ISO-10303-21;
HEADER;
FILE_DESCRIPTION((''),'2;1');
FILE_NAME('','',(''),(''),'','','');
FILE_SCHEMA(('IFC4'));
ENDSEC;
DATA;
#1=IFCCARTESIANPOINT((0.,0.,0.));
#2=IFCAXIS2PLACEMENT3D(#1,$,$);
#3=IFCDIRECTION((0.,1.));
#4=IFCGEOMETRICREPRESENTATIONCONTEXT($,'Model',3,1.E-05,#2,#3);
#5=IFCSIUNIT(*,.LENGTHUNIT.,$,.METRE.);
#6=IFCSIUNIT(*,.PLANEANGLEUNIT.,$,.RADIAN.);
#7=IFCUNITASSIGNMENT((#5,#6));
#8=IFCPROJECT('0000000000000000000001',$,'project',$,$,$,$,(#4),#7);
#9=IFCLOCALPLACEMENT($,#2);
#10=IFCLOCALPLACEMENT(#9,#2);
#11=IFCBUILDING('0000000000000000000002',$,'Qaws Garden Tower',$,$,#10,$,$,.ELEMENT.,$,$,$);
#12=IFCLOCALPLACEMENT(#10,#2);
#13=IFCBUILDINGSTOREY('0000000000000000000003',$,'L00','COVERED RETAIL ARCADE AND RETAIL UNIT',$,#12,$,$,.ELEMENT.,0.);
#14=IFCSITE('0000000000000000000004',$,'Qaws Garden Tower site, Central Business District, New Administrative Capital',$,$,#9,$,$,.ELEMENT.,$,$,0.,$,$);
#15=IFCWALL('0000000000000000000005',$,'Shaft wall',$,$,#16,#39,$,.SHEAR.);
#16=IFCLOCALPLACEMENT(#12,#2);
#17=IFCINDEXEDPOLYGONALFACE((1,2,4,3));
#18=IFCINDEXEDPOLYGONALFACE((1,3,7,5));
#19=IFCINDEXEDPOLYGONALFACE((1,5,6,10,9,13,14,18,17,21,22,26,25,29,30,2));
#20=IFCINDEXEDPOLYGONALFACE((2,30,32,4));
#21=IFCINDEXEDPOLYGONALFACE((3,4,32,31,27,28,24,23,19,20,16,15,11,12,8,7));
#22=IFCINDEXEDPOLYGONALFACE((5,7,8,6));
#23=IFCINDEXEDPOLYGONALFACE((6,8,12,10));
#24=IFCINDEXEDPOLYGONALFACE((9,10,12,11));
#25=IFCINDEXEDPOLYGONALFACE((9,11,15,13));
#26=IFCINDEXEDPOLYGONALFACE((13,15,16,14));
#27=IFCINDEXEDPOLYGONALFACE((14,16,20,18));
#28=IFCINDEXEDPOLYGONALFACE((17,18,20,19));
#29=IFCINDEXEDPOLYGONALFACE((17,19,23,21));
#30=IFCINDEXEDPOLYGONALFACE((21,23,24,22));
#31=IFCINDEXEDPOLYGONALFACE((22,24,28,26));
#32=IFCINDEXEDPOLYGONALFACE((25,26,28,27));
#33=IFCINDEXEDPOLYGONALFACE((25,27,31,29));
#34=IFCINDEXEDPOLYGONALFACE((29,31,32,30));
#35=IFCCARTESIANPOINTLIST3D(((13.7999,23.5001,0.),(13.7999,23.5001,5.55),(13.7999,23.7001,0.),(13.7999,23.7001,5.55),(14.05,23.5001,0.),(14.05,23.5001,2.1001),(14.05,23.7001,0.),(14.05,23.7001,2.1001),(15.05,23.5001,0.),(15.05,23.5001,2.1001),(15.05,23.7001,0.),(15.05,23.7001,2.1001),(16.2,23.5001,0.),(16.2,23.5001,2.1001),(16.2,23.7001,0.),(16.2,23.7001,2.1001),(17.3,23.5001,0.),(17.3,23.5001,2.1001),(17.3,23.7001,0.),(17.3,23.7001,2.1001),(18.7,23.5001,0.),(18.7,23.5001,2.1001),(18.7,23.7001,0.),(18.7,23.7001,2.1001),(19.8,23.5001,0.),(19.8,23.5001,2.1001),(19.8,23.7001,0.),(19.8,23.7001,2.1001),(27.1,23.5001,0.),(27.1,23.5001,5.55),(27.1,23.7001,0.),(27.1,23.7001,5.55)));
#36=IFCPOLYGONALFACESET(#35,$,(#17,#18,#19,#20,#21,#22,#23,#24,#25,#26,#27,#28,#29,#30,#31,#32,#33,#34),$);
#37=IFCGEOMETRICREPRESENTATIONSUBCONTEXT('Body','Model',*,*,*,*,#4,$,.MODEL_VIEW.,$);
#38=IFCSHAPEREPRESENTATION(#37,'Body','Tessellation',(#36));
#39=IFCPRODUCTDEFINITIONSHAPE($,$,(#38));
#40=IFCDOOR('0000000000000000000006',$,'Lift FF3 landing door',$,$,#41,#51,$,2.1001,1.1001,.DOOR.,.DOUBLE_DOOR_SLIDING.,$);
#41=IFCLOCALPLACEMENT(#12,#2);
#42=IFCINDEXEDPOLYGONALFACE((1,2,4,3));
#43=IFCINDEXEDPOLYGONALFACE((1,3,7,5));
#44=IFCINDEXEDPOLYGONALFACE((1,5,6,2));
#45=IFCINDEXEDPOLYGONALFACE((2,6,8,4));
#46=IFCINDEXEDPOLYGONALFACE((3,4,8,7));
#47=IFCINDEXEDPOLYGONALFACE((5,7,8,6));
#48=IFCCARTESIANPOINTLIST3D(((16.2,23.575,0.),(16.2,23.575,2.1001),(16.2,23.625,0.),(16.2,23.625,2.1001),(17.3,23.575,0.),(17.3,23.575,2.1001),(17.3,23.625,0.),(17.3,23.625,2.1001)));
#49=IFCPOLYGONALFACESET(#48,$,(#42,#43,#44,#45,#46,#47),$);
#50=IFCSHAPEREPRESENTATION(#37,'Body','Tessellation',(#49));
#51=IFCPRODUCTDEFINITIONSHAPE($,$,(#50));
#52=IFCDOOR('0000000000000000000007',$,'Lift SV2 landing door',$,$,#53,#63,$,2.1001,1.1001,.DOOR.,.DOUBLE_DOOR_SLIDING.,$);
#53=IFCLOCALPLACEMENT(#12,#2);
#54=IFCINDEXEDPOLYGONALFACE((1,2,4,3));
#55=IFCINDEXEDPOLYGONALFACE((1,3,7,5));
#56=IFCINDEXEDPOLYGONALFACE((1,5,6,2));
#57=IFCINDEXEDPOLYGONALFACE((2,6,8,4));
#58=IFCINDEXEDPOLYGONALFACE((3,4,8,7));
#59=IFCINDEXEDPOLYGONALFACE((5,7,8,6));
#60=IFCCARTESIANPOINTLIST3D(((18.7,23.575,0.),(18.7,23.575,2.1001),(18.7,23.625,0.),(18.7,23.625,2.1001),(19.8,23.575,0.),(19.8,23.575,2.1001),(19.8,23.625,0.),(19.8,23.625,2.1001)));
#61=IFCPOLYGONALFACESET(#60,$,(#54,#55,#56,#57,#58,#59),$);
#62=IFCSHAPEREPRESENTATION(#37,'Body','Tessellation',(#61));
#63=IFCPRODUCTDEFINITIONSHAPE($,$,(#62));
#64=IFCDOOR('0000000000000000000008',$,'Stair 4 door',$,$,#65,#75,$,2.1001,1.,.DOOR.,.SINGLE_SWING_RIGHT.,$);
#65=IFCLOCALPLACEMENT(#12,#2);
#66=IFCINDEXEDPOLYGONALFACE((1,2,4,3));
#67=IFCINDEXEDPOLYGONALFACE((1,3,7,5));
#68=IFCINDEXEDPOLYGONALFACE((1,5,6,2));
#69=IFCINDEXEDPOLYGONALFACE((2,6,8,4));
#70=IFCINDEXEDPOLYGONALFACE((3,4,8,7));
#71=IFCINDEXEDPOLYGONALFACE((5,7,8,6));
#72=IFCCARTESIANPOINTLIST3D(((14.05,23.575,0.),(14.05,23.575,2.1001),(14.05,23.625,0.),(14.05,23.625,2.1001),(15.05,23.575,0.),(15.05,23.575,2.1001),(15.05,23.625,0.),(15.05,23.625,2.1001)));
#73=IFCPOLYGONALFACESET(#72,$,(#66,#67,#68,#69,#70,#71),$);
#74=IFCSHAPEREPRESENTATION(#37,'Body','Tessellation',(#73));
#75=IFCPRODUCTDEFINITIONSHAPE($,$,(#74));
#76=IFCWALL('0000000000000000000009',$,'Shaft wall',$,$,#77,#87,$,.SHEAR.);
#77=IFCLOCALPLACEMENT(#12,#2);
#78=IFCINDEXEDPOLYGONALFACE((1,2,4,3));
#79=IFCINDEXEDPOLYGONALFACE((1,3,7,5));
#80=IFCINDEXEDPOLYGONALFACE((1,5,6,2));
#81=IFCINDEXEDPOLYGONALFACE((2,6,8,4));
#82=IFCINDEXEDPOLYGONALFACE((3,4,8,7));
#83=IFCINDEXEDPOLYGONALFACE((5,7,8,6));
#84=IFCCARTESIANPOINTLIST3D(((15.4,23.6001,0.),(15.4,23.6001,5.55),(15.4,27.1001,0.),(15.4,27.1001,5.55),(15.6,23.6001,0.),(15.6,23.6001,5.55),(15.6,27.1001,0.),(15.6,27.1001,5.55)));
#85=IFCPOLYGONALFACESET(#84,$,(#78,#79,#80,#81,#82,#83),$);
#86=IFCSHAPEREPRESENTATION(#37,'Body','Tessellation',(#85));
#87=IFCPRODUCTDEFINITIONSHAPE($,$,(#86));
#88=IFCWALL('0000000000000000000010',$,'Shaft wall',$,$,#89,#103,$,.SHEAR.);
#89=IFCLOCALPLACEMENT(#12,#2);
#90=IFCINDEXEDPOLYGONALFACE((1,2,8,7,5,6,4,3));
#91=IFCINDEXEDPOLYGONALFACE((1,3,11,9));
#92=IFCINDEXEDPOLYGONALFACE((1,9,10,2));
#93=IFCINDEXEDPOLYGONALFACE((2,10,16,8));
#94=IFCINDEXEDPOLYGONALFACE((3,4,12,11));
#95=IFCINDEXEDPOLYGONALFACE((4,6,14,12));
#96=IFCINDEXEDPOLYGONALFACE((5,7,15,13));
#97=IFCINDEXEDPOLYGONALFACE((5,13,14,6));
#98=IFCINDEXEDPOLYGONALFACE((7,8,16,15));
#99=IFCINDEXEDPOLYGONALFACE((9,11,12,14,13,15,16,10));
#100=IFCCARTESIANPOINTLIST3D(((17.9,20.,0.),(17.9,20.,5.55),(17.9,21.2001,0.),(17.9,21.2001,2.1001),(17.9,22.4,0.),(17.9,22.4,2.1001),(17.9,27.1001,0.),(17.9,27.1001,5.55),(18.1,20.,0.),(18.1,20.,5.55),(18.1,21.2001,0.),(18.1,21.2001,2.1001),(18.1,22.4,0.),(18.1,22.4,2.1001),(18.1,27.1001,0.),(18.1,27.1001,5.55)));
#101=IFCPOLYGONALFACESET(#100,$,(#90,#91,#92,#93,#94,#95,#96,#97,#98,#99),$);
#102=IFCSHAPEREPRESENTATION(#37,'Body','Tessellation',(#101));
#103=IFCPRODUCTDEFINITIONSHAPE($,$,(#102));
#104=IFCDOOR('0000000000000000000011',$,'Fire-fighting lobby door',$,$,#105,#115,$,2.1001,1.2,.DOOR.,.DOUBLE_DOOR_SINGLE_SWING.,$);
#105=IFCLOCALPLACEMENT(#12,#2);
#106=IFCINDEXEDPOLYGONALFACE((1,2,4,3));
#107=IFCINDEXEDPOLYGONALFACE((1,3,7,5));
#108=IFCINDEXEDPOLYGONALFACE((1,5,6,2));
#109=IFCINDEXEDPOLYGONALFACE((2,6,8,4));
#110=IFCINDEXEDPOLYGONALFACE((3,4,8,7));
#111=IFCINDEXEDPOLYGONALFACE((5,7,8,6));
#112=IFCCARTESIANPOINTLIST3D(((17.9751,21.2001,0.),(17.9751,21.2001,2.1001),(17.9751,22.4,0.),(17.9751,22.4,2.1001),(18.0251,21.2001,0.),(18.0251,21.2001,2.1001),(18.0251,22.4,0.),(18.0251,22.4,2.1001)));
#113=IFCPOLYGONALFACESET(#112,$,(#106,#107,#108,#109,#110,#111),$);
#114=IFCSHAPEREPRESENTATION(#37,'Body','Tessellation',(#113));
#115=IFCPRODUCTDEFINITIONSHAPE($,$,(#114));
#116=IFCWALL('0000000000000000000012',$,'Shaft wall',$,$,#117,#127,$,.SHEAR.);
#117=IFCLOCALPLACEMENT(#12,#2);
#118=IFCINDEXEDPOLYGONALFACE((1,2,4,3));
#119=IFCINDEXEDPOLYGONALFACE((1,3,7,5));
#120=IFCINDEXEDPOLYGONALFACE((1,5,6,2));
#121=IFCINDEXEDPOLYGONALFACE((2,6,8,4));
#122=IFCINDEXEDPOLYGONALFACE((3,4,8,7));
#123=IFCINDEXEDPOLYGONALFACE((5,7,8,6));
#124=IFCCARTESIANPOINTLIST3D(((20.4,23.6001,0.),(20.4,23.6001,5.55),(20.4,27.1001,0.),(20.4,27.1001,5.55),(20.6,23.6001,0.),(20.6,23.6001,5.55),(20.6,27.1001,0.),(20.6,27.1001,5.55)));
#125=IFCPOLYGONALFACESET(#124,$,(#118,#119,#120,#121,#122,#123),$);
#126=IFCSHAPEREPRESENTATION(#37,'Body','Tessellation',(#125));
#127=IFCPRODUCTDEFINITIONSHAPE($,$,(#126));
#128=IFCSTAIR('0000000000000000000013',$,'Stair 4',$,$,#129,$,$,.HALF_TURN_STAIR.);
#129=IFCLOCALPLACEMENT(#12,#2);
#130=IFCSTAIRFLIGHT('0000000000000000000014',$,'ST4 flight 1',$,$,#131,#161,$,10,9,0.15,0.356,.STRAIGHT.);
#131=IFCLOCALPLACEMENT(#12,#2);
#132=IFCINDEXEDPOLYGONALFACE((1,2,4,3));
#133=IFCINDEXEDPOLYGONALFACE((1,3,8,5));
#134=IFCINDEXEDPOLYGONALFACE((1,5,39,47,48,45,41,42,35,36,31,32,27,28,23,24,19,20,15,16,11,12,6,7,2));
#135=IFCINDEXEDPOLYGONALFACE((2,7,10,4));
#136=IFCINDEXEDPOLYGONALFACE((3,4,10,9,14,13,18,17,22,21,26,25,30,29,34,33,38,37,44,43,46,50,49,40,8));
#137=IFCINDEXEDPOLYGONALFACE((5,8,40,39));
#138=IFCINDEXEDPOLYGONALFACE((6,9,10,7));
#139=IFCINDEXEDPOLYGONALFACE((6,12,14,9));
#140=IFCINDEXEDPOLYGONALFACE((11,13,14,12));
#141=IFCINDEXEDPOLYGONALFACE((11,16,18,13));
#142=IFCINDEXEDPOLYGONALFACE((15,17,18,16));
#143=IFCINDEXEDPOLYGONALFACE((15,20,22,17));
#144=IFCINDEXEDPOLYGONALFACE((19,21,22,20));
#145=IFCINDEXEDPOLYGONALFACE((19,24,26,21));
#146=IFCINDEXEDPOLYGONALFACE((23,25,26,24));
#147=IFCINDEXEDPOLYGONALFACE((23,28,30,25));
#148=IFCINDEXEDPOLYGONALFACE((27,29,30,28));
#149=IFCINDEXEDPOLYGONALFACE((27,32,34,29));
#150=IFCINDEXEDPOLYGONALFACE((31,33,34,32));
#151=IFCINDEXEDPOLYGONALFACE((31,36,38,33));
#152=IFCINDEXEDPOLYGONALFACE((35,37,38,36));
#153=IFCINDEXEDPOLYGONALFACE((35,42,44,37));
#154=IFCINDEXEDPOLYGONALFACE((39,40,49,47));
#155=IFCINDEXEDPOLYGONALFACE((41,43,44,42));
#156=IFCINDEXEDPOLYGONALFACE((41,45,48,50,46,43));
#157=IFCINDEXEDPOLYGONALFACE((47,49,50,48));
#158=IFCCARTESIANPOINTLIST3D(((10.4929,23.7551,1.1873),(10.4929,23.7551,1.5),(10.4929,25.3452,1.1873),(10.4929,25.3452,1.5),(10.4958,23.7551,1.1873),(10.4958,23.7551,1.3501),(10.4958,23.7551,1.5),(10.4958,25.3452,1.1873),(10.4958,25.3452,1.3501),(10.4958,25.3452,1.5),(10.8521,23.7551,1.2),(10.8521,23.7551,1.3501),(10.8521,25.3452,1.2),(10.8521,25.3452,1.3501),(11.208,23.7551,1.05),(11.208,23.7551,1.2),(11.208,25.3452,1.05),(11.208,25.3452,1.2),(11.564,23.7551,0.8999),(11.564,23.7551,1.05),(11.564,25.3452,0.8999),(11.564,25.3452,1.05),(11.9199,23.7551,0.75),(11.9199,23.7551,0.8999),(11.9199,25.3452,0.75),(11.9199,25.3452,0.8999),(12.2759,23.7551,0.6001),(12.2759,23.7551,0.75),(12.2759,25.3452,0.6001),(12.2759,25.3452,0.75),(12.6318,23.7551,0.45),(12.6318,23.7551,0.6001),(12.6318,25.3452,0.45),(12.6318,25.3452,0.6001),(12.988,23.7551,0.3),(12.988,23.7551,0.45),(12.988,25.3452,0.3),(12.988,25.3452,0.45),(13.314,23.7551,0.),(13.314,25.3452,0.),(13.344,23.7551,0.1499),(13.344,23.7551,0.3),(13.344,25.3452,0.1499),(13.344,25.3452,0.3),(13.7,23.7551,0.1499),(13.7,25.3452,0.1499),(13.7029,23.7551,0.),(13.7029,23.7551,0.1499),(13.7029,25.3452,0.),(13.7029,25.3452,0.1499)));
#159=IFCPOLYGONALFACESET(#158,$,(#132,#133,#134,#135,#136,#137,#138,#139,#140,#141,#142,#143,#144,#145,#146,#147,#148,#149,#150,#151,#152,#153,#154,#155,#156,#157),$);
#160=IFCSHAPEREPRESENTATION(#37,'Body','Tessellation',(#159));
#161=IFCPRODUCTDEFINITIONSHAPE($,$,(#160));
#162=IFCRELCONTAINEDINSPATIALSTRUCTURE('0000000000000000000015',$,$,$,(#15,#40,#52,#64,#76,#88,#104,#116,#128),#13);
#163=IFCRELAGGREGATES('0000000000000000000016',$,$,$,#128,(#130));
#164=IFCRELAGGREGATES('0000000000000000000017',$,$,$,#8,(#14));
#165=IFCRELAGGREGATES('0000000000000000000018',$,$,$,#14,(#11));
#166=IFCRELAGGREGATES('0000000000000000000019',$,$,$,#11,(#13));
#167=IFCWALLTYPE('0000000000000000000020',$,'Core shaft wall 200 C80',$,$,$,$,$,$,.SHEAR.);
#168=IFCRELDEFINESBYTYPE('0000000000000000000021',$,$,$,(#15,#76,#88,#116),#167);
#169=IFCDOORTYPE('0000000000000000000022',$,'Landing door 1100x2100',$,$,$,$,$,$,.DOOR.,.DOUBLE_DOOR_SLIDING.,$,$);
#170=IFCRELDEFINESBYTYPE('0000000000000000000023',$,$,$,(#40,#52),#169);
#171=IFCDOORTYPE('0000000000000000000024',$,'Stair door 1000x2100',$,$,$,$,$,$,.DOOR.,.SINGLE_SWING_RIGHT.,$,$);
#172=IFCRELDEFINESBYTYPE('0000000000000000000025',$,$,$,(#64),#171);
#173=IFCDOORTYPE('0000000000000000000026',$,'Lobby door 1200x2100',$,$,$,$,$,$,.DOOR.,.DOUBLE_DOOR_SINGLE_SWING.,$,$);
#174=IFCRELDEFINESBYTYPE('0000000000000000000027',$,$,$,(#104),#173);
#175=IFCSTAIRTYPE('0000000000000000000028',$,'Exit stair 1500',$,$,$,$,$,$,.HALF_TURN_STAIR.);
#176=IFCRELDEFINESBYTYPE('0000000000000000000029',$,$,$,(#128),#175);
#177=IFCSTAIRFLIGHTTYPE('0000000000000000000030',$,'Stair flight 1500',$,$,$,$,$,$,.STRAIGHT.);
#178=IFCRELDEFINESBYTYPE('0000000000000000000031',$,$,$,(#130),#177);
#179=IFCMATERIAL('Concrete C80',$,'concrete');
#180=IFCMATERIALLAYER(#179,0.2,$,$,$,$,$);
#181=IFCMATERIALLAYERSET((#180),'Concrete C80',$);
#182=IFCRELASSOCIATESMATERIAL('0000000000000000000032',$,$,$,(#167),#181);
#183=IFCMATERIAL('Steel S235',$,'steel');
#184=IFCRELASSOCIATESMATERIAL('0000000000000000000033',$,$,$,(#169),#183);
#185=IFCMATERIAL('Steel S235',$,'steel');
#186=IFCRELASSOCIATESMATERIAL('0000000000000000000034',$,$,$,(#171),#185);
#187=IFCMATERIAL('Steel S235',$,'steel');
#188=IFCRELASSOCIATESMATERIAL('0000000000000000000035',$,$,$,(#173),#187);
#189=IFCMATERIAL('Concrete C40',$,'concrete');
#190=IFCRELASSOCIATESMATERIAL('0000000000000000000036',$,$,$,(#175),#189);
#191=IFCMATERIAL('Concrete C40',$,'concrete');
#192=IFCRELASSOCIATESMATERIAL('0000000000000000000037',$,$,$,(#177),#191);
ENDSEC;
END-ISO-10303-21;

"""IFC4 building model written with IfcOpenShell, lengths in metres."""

from ifc_helpers import new_model, si_unit, direction, frame, frame_2d, origin, place, context, subcontext, project, spatial, polyline, rectangle, outline, extrude, material, layer, layer_set, type_object, element, fill, aggregate, save


model = new_model("IFC4")

# Units and contexts
model_context = context("Model", 3, precision=1e-05, world=origin(), true_north=direction((0.0, 1.0)))
body_context = subcontext(model_context, "Body", "Model", "MODEL_VIEW")
ifc_project = project(units=[si_unit("LENGTHUNIT", "METRE"), si_unit("PLANEANGLEUNIT", "RADIAN")], contexts=[model_context])

# Site, building, storey
site_placement = place(None, origin())
site = spatial("IfcSite", under=ifc_project, at=site_placement, Name="Qaws Garden Tower site, Central Business District, New Administrative Capital", CompositionType="ELEMENT", RefElevation=0.0)
building_placement = place(site_placement, origin())
building = spatial("IfcBuilding", under=site, at=building_placement, Name="Qaws Garden Tower", CompositionType="ELEMENT")
storey_placement = place(building_placement, origin())
storey = spatial("IfcBuildingStorey", under=building, at=storey_placement, Name="L00", Description="COVERED RETAIL ARCADE AND RETAIL UNIT", CompositionType="ELEMENT", Elevation=0.0)

# Wall, openings, doors
ifc_material_1 = material(Name="Concrete C80", Category="concrete")
ifc_layer_1 = layer(ifc_material_1, 0.2)
ifc_layer_set_1 = layer_set([ifc_layer_1], Name="Concrete C80")
wall_type_1 = type_object("IfcWallType", Name="Core shaft wall 200 C80", PredefinedType="SHEAR", material=ifc_layer_set_1)
wall_1_placement = place(storey_placement, frame((13.8, 23.6001, 0.0), z_axis=(0.0, 0.0, 1.0), x_axis=(1.0, 0.0, 0.0)))
wall_1 = element("IfcWall", 1, at=wall_1_placement, inside=storey, type_object=wall_type_1, Name="Shaft wall", PredefinedType="SHEAR", context=body_context, shape_type="SweptSolid", body=[
    extrude(rectangle(XDim=13.3, YDim=0.2, at=frame_2d((6.6499, 0.0))), origin(), (0.0, 0.0, 1.0), 5.55),
])
opening_1_placement = place(wall_1_placement, frame((2.3999, 0.0, 0.0)))
opening_1 = element("IfcOpeningElement", 2, at=opening_1_placement, cuts=wall_1, PredefinedType="OPENING", context=body_context, shape_type="SweptSolid", body=[
    extrude(rectangle(XDim=1.1001, YDim=2.1001, at=frame_2d((0.55, 1.05))), frame((0.0, 0.1099, 0.0), z_axis=(0.0, -1.0, 0.0), x_axis=(1.0, 0.0, 0.0)), (0.0, 0.0, 1.0), 0.22),
])
opening_2_placement = place(wall_1_placement, frame((4.8999, 0.0, 0.0)))
opening_2 = element("IfcOpeningElement", 3, at=opening_2_placement, cuts=wall_1, PredefinedType="OPENING", context=body_context, shape_type="SweptSolid", body=[
    extrude(rectangle(XDim=1.1001, YDim=2.1001, at=frame_2d((0.55, 1.05))), frame((0.0, 0.1099, 0.0), z_axis=(0.0, -1.0, 0.0), x_axis=(1.0, 0.0, 0.0)), (0.0, 0.0, 1.0), 0.22),
])
opening_3_placement = place(wall_1_placement, frame((0.25, 0.0, 0.0)))
opening_3 = element("IfcOpeningElement", 4, at=opening_3_placement, cuts=wall_1, PredefinedType="OPENING", context=body_context, shape_type="SweptSolid", body=[
    extrude(rectangle(XDim=1.0, YDim=2.1001, at=frame_2d((0.5, 1.05))), frame((0.0, 0.1099, 0.0), z_axis=(0.0, -1.0, 0.0), x_axis=(1.0, 0.0, 0.0)), (0.0, 0.0, 1.0), 0.22),
])
ifc_material_2 = material(Name="Steel S235", Category="steel")
door_type_1 = type_object("IfcDoorType", Name="Landing door 1100x2100", OperationType="DOUBLE_DOOR_SLIDING", PredefinedType="DOOR", material=ifc_material_2)
door_1_placement = place(opening_1_placement, origin())
door_1 = element("IfcDoor", 5, at=door_1_placement, inside=storey, type_object=door_type_1, Name="Lift FF3 landing door", OperationType="DOUBLE_DOOR_SLIDING", OverallHeight=2.1001, OverallWidth=1.1001, PredefinedType="DOOR", context=body_context, shape_type="SweptSolid", body=[
    extrude(rectangle(XDim=1.1001, YDim=2.1001, at=frame_2d((0.55, 1.05))), frame((0.0, 0.0249, 0.0), z_axis=(0.0, -1.0, 0.0), x_axis=(1.0, 0.0, 0.0)), (0.0, 0.0, 1.0), 0.05),
])
fill(opening_1, door_1)
door_2_placement = place(opening_2_placement, origin())
door_2 = element("IfcDoor", 6, at=door_2_placement, inside=storey, type_object=door_type_1, Name="Lift SV2 landing door", OperationType="DOUBLE_DOOR_SLIDING", OverallHeight=2.1001, OverallWidth=1.1001, PredefinedType="DOOR", context=body_context, shape_type="SweptSolid", body=[
    extrude(rectangle(XDim=1.1001, YDim=2.1001, at=frame_2d((0.55, 1.05))), frame((0.0, 0.0249, 0.0), z_axis=(0.0, -1.0, 0.0), x_axis=(1.0, 0.0, 0.0)), (0.0, 0.0, 1.0), 0.05),
])
fill(opening_2, door_2)
ifc_material_3 = material(Name="Steel S235", Category="steel")
door_type_2 = type_object("IfcDoorType", Name="Stair door 1000x2100", OperationType="SINGLE_SWING_RIGHT", PredefinedType="DOOR", material=ifc_material_3)
door_3_placement = place(opening_3_placement, origin())
door_3 = element("IfcDoor", 7, at=door_3_placement, inside=storey, type_object=door_type_2, Name="Stair 4 door", OperationType="SINGLE_SWING_RIGHT", OverallHeight=2.1001, OverallWidth=1.0, PredefinedType="DOOR", context=body_context, shape_type="SweptSolid", body=[
    extrude(rectangle(XDim=1.0, YDim=2.1001, at=frame_2d((0.5, 1.05))), frame((0.0, 0.0249, 0.0), z_axis=(0.0, -1.0, 0.0), x_axis=(1.0, 0.0, 0.0)), (0.0, 0.0, 1.0), 0.05),
])
fill(opening_3, door_3)

# Wall
wall_2_placement = place(storey_placement, frame((15.5, 23.6001, 0.0), z_axis=(0.0, 0.0, 1.0), x_axis=(0.0, 1.0, 0.0)))
element("IfcWall", 8, at=wall_2_placement, inside=storey, type_object=wall_type_1, Name="Shaft wall", PredefinedType="SHEAR", context=body_context, shape_type="SweptSolid", body=[
    extrude(rectangle(XDim=3.5, YDim=0.2, at=frame_2d((1.75, 0.0))), origin(), (0.0, 0.0, 1.0), 5.55),
])

# Wall, opening, door
wall_3_placement = place(storey_placement, frame((18.0, 20.0, 0.0), z_axis=(0.0, 0.0, 1.0), x_axis=(0.0, 1.0, 0.0)))
wall_3 = element("IfcWall", 9, at=wall_3_placement, inside=storey, type_object=wall_type_1, Name="Shaft wall", PredefinedType="SHEAR", context=body_context, shape_type="SweptSolid", body=[
    extrude(rectangle(XDim=7.1001, YDim=0.2, at=frame_2d((3.55, 0.0))), origin(), (0.0, 0.0, 1.0), 5.55),
])
opening_4_placement = place(wall_3_placement, frame((1.2, 0.0, 0.0)))
opening_4 = element("IfcOpeningElement", 10, at=opening_4_placement, cuts=wall_3, PredefinedType="OPENING", context=body_context, shape_type="SweptSolid", body=[
    extrude(rectangle(XDim=1.2, YDim=2.1001, at=frame_2d((0.6001, 1.05))), frame((0.0, 0.1099, 0.0), z_axis=(0.0, -1.0, 0.0), x_axis=(1.0, 0.0, 0.0)), (0.0, 0.0, 1.0), 0.22),
])
ifc_material_4 = material(Name="Steel S235", Category="steel")
door_type_3 = type_object("IfcDoorType", Name="Lobby door 1200x2100", OperationType="DOUBLE_DOOR_SINGLE_SWING", PredefinedType="DOOR", material=ifc_material_4)
door_4_placement = place(opening_4_placement, origin())
door_4 = element("IfcDoor", 11, at=door_4_placement, inside=storey, type_object=door_type_3, Name="Fire-fighting lobby door", OperationType="DOUBLE_DOOR_SINGLE_SWING", OverallHeight=2.1001, OverallWidth=1.2, PredefinedType="DOOR", context=body_context, shape_type="SweptSolid", body=[
    extrude(rectangle(XDim=1.2, YDim=2.1001, at=frame_2d((0.6001, 1.05))), frame((0.0, 0.0249, 0.0), z_axis=(0.0, -1.0, 0.0), x_axis=(1.0, 0.0, 0.0)), (0.0, 0.0, 1.0), 0.05),
])
fill(opening_4, door_4)

# Wall
wall_4_placement = place(storey_placement, frame((20.5, 23.6001, 0.0), z_axis=(0.0, 0.0, 1.0), x_axis=(0.0, 1.0, 0.0)))
element("IfcWall", 12, at=wall_4_placement, inside=storey, type_object=wall_type_1, Name="Shaft wall", PredefinedType="SHEAR", context=body_context, shape_type="SweptSolid", body=[
    extrude(rectangle(XDim=3.5, YDim=0.2, at=frame_2d((1.75, 0.0))), origin(), (0.0, 0.0, 1.0), 5.55),
])

# Stair, stair flight
ifc_material_5 = material(Name="Concrete C40", Category="concrete")
stair_type = type_object("IfcStairType", Name="Exit stair 1500", PredefinedType="HALF_TURN_STAIR", material=ifc_material_5)
stair_placement = place(storey_placement, origin())
stair = element("IfcStair", 13, at=stair_placement, inside=storey, type_object=stair_type, Name="Stair 4", PredefinedType="HALF_TURN_STAIR")
ifc_material_6 = material(Name="Concrete C40", Category="concrete")
stair_flight_type = type_object("IfcStairFlightType", Name="Stair flight 1500", PredefinedType="STRAIGHT", material=ifc_material_6)
stair_flight_1_placement = place(storey_placement, frame((13.7, 24.55, 0.0), z_axis=(0.0, 0.0, 1.0), x_axis=(-1.0, 0.0, 0.0)))
stair_flight_1 = element("IfcStairFlight", 14, at=stair_flight_1_placement, type_object=stair_flight_type, Name="ST4 flight 1", NumberOfRisers=10, NumberOfTreads=9, PredefinedType="STRAIGHT", RiserHeight=0.15, TreadLength=0.356, context=body_context, shape_type="SweptSolid", body=[
    extrude(outline(polyline([(-0.0029, 0.0), (-0.0029, 0.1499), (0.0, 0.1499), (0.356, 0.1499), (0.356, 0.3), (0.7119, 0.3), (0.7119, 0.45), (1.0681, 0.45), (1.0681, 0.6001), (1.4241, 0.6001), (1.4241, 0.75), (1.78, 0.75), (1.78, 0.8999), (2.136, 0.8999), (2.136, 1.05), (2.4919, 1.05), (2.4919, 1.2), (2.8479, 1.2), (2.8479, 1.3501), (3.2041, 1.3501), (3.2041, 1.5), (3.207, 1.5), (3.207, 1.1873), (3.2041, 1.1873), (0.386, 0.0), (-0.0029, 0.0)])), frame((0.0, 0.7949, 0.0), z_axis=(0.0, -1.0, 0.0), x_axis=(1.0, 0.0, 0.0)), (0.0, 0.0, 1.0), 1.5901),
])
aggregate(stair, [stair_flight_1])

save(model, "model.ifc")
